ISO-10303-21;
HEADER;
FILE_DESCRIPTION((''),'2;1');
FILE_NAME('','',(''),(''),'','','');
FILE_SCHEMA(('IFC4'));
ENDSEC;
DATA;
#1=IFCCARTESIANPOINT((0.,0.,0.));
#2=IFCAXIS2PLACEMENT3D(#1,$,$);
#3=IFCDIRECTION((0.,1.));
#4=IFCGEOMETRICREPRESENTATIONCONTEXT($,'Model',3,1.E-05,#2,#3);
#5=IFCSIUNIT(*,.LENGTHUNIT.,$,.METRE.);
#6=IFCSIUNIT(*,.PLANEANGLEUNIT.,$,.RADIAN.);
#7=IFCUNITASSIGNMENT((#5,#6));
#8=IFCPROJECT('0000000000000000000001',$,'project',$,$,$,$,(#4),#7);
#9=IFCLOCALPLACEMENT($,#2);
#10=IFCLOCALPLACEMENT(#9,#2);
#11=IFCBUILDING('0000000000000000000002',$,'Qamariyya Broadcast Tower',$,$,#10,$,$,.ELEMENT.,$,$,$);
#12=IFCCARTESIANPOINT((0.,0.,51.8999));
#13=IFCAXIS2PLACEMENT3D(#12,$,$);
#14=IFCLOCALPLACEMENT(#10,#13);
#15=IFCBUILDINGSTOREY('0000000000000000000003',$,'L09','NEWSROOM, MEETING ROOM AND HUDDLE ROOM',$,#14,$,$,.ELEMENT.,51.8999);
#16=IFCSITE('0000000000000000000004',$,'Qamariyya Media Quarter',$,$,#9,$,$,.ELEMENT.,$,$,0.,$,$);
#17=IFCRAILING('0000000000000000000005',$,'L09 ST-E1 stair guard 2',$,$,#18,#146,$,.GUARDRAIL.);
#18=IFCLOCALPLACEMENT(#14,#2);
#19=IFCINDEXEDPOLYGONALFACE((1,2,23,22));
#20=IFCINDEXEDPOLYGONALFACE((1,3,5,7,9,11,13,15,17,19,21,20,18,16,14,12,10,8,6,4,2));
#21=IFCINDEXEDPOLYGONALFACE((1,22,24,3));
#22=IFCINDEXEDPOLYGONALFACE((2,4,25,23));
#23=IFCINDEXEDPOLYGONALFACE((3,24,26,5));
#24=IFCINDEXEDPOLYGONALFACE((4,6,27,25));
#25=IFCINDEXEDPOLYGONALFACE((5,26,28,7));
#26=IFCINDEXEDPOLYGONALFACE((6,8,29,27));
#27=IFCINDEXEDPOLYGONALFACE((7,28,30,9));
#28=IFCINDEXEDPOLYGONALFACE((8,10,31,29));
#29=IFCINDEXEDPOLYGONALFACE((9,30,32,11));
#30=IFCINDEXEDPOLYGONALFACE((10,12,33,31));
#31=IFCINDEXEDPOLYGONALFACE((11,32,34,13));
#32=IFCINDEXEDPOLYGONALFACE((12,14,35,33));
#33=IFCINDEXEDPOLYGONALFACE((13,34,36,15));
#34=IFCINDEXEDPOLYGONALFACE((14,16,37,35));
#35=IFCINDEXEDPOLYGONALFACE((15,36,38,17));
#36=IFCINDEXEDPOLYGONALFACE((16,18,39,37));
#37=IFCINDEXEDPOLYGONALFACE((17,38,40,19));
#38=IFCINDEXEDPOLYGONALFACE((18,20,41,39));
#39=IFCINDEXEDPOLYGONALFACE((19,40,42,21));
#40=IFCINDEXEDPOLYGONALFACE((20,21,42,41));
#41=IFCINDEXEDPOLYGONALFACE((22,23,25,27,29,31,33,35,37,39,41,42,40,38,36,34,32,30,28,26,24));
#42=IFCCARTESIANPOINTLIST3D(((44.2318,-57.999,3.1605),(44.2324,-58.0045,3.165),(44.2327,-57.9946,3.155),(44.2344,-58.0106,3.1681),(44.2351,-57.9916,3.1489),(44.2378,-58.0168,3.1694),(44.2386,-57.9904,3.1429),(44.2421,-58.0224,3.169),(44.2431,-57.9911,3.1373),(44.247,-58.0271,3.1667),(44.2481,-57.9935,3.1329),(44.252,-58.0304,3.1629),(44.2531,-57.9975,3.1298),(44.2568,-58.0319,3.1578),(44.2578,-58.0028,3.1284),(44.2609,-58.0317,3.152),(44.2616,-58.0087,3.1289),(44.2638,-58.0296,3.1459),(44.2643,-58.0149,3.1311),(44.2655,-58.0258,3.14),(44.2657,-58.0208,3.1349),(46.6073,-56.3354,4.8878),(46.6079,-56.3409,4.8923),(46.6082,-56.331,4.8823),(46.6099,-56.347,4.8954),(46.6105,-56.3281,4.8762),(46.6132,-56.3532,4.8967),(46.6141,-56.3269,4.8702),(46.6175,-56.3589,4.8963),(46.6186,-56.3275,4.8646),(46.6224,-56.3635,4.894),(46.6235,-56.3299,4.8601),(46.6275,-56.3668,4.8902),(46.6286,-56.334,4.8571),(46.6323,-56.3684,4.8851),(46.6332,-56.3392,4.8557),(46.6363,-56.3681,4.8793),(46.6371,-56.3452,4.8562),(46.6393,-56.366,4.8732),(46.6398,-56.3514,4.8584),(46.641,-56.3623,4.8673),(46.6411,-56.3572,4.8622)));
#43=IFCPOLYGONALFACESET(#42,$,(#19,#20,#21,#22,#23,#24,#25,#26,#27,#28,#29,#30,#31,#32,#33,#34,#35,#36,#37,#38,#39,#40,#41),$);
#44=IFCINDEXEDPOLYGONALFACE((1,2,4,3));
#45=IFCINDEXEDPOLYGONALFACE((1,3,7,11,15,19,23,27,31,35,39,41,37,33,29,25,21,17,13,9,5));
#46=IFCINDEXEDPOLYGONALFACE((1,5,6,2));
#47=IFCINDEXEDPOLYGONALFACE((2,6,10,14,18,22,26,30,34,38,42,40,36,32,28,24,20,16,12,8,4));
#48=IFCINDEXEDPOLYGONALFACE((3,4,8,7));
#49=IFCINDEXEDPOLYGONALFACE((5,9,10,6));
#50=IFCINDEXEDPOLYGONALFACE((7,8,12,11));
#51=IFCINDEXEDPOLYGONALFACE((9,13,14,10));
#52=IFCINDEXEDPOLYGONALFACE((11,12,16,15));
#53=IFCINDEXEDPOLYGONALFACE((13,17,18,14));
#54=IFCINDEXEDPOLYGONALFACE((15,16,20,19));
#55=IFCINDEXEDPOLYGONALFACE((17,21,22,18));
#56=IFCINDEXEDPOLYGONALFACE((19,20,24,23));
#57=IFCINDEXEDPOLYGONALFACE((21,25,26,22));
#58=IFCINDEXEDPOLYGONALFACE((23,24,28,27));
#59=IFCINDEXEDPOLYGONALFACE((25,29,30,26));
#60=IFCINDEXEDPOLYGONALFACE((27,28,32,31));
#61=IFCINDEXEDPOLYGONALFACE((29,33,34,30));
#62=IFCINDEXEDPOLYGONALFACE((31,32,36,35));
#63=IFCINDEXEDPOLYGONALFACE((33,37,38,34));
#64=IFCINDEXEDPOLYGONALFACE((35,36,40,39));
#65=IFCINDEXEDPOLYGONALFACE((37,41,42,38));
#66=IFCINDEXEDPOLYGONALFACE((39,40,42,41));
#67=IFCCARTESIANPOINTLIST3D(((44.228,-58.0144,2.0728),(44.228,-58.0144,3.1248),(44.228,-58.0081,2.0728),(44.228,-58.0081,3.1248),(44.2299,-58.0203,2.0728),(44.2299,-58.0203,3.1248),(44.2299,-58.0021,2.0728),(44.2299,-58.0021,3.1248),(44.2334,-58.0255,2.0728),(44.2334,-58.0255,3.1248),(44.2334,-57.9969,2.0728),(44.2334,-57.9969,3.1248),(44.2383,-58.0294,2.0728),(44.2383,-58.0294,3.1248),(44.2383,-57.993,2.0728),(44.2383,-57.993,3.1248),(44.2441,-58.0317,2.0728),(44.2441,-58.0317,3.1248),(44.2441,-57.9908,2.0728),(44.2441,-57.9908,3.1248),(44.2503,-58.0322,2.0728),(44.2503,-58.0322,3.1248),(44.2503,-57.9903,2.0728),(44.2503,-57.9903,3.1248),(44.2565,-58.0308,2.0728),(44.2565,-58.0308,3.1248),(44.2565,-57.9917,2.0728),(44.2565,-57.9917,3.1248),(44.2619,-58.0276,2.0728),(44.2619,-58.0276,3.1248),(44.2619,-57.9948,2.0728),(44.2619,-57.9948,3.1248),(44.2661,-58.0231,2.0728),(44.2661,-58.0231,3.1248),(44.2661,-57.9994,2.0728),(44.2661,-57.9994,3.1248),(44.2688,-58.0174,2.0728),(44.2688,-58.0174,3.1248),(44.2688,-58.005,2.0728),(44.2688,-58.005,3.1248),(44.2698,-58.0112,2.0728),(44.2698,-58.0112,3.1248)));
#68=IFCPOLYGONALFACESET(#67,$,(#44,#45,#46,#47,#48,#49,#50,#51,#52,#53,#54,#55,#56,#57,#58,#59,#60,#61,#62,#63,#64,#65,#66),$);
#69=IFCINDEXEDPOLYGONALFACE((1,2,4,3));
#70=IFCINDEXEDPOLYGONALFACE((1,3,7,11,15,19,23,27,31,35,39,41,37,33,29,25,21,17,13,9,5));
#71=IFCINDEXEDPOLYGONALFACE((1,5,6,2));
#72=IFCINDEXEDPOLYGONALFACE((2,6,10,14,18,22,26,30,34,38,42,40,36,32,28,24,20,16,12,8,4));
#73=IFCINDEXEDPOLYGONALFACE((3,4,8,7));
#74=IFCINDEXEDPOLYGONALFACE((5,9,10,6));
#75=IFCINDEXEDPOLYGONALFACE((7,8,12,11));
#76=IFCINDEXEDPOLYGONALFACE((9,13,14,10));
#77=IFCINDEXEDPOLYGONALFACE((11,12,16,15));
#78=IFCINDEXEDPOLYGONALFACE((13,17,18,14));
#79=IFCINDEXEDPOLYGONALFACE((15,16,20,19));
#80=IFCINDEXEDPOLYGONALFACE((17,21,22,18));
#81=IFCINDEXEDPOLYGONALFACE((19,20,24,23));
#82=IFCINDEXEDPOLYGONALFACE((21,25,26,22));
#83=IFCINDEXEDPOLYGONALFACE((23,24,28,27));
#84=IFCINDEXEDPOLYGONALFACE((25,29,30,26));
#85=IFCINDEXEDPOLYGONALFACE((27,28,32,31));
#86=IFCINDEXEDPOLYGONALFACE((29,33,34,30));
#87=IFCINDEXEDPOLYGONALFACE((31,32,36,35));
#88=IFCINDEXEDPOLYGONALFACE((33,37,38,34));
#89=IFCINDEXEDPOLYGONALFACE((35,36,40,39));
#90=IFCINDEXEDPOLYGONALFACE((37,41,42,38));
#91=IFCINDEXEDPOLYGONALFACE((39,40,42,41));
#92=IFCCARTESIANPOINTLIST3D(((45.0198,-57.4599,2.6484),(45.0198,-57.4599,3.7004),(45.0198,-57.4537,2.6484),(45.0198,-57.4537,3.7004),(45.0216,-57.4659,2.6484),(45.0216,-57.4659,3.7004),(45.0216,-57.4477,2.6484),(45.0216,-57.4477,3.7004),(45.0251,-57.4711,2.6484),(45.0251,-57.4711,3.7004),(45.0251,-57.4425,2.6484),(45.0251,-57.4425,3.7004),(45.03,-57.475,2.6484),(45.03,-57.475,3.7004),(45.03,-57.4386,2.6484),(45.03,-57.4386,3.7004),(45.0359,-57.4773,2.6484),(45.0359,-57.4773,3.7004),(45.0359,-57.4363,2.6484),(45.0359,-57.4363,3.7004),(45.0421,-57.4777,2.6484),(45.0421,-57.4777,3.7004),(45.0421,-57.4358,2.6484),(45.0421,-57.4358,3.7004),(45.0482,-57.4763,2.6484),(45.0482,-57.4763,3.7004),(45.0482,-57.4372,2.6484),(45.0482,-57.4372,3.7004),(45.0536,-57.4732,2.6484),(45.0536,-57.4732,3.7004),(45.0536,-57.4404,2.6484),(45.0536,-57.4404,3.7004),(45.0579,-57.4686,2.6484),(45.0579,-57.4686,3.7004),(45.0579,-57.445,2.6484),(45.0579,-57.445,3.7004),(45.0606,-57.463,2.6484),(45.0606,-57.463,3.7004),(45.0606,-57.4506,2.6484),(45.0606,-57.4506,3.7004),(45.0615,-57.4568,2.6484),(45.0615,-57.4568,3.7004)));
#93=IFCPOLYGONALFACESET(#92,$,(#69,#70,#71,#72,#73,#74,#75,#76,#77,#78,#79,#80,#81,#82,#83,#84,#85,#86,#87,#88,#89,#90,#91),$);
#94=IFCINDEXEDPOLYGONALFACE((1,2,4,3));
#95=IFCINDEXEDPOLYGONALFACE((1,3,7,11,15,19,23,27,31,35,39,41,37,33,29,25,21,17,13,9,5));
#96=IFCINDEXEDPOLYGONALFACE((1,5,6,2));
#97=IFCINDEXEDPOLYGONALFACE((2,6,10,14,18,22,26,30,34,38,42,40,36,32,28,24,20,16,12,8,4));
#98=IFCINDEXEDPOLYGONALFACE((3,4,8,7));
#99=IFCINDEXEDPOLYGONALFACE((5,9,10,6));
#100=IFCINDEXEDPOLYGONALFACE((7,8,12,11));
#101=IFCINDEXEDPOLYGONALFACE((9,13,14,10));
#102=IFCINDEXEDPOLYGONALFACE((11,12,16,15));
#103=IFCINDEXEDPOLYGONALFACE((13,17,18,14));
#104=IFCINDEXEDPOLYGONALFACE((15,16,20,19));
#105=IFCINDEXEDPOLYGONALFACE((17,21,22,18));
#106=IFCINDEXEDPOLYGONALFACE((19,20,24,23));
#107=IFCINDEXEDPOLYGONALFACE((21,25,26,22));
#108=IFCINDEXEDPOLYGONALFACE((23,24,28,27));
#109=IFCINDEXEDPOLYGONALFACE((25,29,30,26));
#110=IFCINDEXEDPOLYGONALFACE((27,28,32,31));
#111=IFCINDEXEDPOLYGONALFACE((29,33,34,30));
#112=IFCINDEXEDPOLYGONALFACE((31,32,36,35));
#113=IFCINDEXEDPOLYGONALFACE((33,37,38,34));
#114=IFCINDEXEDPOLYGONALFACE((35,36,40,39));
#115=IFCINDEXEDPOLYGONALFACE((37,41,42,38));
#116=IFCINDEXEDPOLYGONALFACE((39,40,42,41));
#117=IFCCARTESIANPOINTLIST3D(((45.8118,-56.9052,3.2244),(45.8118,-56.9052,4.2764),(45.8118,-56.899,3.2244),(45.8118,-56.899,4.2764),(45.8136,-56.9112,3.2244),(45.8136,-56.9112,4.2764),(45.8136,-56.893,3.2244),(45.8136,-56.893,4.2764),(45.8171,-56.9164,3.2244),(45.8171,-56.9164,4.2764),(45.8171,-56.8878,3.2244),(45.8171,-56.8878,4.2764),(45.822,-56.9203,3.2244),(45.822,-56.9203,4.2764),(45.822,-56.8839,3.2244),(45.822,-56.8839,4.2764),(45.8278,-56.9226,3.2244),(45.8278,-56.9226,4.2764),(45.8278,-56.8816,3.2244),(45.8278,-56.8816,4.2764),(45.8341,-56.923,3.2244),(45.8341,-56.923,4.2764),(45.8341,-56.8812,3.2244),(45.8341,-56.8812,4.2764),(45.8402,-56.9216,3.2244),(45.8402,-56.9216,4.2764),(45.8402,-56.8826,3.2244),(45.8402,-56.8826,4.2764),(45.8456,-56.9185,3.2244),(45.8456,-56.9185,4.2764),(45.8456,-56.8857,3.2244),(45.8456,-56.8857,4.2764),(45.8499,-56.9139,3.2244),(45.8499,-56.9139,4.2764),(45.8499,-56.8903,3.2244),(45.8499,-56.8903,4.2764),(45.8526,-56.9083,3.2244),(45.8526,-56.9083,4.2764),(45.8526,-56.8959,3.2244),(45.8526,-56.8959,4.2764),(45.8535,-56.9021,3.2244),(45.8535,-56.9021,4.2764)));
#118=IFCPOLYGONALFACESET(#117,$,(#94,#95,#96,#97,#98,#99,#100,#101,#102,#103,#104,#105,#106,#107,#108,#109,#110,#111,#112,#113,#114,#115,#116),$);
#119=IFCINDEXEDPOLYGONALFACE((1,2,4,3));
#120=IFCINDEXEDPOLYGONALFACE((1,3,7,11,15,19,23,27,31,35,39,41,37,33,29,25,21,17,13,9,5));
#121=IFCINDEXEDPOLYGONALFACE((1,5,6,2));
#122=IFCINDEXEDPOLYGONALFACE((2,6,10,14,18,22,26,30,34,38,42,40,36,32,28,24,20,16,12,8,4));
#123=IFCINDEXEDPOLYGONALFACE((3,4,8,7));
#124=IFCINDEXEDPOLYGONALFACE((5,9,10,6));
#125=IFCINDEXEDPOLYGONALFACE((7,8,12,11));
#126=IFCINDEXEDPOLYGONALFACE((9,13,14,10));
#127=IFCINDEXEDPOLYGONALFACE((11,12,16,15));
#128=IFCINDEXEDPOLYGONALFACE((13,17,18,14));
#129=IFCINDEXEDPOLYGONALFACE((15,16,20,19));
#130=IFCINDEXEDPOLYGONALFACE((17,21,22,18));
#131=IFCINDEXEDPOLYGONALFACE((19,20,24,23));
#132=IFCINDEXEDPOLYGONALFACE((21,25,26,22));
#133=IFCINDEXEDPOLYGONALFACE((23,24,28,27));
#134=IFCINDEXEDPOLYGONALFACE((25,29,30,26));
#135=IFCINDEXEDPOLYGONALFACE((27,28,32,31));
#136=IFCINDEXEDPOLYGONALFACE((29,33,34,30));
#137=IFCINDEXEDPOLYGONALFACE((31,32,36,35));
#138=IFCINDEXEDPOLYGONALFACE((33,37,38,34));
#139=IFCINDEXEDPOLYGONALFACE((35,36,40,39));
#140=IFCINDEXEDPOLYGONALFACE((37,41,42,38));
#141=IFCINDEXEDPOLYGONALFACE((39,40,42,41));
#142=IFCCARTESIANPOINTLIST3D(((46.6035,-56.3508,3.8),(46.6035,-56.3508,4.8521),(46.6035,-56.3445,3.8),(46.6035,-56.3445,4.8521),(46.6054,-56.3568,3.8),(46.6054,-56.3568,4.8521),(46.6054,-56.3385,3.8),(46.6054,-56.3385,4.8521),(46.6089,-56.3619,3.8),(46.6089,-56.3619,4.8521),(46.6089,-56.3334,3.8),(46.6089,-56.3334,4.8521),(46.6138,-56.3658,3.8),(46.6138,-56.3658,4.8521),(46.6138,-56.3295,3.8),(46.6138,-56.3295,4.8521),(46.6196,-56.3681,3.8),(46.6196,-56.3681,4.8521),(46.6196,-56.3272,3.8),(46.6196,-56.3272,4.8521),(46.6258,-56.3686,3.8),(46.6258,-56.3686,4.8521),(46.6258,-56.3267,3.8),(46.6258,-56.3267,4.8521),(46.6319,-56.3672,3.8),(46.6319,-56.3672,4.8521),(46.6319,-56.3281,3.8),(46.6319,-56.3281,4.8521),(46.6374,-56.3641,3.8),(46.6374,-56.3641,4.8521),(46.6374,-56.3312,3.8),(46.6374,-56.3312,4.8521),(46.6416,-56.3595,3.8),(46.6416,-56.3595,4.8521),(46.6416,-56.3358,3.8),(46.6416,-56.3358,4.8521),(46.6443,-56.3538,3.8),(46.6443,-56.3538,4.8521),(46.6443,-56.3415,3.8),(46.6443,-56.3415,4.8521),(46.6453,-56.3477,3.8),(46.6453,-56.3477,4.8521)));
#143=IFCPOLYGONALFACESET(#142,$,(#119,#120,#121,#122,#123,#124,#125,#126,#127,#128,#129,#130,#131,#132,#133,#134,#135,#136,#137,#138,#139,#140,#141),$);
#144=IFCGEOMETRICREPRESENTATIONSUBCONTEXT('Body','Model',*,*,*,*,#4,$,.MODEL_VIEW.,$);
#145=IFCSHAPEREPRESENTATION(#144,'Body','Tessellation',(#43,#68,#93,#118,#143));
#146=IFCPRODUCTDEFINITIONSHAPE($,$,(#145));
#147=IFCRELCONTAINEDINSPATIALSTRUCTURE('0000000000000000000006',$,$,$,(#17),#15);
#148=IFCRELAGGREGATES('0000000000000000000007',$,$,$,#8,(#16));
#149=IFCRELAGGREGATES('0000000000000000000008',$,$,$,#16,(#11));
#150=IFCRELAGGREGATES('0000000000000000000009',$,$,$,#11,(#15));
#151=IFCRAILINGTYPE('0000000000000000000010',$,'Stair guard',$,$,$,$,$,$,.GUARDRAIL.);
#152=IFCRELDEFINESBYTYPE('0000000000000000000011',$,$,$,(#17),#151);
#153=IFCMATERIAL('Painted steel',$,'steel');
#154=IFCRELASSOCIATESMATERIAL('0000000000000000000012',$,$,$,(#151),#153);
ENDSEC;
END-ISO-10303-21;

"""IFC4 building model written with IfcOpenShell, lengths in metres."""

from ifc_helpers import new_model, si_unit, direction, frame, origin, origin_2d, place, context, subcontext, project, spatial, circle, extrude, material, type_object, element, save


model = new_model("IFC4")

# Units and contexts
model_context = context("Model", 3, precision=1e-05, world=origin(), true_north=direction((0.0, 1.0)))
body_context = subcontext(model_context, "Body", "Model", "MODEL_VIEW")
ifc_project = project(units=[si_unit("LENGTHUNIT", "METRE"), si_unit("PLANEANGLEUNIT", "RADIAN")], contexts=[model_context])

# Site, building, storey
site_placement = place(None, origin())
site = spatial("IfcSite", under=ifc_project, at=site_placement, Name="Qamariyya Media Quarter", CompositionType="ELEMENT", RefElevation=0.0)
building_placement = place(site_placement, origin())
building = spatial("IfcBuilding", under=site, at=building_placement, Name="Qamariyya Broadcast Tower", CompositionType="ELEMENT")
storey_placement = place(building_placement, frame((0.0, 0.0, 51.8999)))
storey = spatial("IfcBuildingStorey", under=building, at=storey_placement, Name="L09", Description="NEWSROOM, MEETING ROOM AND HUDDLE ROOM", CompositionType="ELEMENT", Elevation=51.8999)

# Railing
ifc_material_1 = material(Name="Painted steel", Category="steel")
railing_type_1 = type_object("IfcRailingType", Name="Stair guard", PredefinedType="GUARDRAIL", material=ifc_material_1)
railing_1_placement = place(storey_placement, frame((44.2488, -58.0112, 2.0728)))
element("IfcRailing", 1, at=railing_1_placement, inside=storey, type_object=railing_type_1, Name="L09 ST-E1 stair guard 2", PredefinedType="GUARDRAIL", context=body_context, shape_type="SweptSolid", body=[
    extrude(circle(Radius=0.0239, at=origin_2d()), frame((0.0, 0.0, 1.0762), z_axis=(0.703745, 0.492838, 0.511716), x_axis=(-0.573632, 0.819113, 0.0)), (0.0, 0.0, 1.0), 3.3755),
    extrude(circle(Radius=0.021, at=origin_2d()), origin(), (0.0, 0.0, 1.0), 1.052),
    extrude(circle(Radius=0.021, at=origin_2d()), frame((0.7917, 0.5544, 0.5757)), (0.0, 0.0, 1.0), 1.052),
    extrude(circle(Radius=0.021, at=origin_2d()), frame((1.5837, 1.1091, 1.1516)), (0.0, 0.0, 1.0), 1.052),
    extrude(circle(Radius=0.021, at=origin_2d()), frame((2.3755, 1.6636, 1.7273)), (0.0, 0.0, 1.0), 1.052),
])

save(model, "model.ifc")
